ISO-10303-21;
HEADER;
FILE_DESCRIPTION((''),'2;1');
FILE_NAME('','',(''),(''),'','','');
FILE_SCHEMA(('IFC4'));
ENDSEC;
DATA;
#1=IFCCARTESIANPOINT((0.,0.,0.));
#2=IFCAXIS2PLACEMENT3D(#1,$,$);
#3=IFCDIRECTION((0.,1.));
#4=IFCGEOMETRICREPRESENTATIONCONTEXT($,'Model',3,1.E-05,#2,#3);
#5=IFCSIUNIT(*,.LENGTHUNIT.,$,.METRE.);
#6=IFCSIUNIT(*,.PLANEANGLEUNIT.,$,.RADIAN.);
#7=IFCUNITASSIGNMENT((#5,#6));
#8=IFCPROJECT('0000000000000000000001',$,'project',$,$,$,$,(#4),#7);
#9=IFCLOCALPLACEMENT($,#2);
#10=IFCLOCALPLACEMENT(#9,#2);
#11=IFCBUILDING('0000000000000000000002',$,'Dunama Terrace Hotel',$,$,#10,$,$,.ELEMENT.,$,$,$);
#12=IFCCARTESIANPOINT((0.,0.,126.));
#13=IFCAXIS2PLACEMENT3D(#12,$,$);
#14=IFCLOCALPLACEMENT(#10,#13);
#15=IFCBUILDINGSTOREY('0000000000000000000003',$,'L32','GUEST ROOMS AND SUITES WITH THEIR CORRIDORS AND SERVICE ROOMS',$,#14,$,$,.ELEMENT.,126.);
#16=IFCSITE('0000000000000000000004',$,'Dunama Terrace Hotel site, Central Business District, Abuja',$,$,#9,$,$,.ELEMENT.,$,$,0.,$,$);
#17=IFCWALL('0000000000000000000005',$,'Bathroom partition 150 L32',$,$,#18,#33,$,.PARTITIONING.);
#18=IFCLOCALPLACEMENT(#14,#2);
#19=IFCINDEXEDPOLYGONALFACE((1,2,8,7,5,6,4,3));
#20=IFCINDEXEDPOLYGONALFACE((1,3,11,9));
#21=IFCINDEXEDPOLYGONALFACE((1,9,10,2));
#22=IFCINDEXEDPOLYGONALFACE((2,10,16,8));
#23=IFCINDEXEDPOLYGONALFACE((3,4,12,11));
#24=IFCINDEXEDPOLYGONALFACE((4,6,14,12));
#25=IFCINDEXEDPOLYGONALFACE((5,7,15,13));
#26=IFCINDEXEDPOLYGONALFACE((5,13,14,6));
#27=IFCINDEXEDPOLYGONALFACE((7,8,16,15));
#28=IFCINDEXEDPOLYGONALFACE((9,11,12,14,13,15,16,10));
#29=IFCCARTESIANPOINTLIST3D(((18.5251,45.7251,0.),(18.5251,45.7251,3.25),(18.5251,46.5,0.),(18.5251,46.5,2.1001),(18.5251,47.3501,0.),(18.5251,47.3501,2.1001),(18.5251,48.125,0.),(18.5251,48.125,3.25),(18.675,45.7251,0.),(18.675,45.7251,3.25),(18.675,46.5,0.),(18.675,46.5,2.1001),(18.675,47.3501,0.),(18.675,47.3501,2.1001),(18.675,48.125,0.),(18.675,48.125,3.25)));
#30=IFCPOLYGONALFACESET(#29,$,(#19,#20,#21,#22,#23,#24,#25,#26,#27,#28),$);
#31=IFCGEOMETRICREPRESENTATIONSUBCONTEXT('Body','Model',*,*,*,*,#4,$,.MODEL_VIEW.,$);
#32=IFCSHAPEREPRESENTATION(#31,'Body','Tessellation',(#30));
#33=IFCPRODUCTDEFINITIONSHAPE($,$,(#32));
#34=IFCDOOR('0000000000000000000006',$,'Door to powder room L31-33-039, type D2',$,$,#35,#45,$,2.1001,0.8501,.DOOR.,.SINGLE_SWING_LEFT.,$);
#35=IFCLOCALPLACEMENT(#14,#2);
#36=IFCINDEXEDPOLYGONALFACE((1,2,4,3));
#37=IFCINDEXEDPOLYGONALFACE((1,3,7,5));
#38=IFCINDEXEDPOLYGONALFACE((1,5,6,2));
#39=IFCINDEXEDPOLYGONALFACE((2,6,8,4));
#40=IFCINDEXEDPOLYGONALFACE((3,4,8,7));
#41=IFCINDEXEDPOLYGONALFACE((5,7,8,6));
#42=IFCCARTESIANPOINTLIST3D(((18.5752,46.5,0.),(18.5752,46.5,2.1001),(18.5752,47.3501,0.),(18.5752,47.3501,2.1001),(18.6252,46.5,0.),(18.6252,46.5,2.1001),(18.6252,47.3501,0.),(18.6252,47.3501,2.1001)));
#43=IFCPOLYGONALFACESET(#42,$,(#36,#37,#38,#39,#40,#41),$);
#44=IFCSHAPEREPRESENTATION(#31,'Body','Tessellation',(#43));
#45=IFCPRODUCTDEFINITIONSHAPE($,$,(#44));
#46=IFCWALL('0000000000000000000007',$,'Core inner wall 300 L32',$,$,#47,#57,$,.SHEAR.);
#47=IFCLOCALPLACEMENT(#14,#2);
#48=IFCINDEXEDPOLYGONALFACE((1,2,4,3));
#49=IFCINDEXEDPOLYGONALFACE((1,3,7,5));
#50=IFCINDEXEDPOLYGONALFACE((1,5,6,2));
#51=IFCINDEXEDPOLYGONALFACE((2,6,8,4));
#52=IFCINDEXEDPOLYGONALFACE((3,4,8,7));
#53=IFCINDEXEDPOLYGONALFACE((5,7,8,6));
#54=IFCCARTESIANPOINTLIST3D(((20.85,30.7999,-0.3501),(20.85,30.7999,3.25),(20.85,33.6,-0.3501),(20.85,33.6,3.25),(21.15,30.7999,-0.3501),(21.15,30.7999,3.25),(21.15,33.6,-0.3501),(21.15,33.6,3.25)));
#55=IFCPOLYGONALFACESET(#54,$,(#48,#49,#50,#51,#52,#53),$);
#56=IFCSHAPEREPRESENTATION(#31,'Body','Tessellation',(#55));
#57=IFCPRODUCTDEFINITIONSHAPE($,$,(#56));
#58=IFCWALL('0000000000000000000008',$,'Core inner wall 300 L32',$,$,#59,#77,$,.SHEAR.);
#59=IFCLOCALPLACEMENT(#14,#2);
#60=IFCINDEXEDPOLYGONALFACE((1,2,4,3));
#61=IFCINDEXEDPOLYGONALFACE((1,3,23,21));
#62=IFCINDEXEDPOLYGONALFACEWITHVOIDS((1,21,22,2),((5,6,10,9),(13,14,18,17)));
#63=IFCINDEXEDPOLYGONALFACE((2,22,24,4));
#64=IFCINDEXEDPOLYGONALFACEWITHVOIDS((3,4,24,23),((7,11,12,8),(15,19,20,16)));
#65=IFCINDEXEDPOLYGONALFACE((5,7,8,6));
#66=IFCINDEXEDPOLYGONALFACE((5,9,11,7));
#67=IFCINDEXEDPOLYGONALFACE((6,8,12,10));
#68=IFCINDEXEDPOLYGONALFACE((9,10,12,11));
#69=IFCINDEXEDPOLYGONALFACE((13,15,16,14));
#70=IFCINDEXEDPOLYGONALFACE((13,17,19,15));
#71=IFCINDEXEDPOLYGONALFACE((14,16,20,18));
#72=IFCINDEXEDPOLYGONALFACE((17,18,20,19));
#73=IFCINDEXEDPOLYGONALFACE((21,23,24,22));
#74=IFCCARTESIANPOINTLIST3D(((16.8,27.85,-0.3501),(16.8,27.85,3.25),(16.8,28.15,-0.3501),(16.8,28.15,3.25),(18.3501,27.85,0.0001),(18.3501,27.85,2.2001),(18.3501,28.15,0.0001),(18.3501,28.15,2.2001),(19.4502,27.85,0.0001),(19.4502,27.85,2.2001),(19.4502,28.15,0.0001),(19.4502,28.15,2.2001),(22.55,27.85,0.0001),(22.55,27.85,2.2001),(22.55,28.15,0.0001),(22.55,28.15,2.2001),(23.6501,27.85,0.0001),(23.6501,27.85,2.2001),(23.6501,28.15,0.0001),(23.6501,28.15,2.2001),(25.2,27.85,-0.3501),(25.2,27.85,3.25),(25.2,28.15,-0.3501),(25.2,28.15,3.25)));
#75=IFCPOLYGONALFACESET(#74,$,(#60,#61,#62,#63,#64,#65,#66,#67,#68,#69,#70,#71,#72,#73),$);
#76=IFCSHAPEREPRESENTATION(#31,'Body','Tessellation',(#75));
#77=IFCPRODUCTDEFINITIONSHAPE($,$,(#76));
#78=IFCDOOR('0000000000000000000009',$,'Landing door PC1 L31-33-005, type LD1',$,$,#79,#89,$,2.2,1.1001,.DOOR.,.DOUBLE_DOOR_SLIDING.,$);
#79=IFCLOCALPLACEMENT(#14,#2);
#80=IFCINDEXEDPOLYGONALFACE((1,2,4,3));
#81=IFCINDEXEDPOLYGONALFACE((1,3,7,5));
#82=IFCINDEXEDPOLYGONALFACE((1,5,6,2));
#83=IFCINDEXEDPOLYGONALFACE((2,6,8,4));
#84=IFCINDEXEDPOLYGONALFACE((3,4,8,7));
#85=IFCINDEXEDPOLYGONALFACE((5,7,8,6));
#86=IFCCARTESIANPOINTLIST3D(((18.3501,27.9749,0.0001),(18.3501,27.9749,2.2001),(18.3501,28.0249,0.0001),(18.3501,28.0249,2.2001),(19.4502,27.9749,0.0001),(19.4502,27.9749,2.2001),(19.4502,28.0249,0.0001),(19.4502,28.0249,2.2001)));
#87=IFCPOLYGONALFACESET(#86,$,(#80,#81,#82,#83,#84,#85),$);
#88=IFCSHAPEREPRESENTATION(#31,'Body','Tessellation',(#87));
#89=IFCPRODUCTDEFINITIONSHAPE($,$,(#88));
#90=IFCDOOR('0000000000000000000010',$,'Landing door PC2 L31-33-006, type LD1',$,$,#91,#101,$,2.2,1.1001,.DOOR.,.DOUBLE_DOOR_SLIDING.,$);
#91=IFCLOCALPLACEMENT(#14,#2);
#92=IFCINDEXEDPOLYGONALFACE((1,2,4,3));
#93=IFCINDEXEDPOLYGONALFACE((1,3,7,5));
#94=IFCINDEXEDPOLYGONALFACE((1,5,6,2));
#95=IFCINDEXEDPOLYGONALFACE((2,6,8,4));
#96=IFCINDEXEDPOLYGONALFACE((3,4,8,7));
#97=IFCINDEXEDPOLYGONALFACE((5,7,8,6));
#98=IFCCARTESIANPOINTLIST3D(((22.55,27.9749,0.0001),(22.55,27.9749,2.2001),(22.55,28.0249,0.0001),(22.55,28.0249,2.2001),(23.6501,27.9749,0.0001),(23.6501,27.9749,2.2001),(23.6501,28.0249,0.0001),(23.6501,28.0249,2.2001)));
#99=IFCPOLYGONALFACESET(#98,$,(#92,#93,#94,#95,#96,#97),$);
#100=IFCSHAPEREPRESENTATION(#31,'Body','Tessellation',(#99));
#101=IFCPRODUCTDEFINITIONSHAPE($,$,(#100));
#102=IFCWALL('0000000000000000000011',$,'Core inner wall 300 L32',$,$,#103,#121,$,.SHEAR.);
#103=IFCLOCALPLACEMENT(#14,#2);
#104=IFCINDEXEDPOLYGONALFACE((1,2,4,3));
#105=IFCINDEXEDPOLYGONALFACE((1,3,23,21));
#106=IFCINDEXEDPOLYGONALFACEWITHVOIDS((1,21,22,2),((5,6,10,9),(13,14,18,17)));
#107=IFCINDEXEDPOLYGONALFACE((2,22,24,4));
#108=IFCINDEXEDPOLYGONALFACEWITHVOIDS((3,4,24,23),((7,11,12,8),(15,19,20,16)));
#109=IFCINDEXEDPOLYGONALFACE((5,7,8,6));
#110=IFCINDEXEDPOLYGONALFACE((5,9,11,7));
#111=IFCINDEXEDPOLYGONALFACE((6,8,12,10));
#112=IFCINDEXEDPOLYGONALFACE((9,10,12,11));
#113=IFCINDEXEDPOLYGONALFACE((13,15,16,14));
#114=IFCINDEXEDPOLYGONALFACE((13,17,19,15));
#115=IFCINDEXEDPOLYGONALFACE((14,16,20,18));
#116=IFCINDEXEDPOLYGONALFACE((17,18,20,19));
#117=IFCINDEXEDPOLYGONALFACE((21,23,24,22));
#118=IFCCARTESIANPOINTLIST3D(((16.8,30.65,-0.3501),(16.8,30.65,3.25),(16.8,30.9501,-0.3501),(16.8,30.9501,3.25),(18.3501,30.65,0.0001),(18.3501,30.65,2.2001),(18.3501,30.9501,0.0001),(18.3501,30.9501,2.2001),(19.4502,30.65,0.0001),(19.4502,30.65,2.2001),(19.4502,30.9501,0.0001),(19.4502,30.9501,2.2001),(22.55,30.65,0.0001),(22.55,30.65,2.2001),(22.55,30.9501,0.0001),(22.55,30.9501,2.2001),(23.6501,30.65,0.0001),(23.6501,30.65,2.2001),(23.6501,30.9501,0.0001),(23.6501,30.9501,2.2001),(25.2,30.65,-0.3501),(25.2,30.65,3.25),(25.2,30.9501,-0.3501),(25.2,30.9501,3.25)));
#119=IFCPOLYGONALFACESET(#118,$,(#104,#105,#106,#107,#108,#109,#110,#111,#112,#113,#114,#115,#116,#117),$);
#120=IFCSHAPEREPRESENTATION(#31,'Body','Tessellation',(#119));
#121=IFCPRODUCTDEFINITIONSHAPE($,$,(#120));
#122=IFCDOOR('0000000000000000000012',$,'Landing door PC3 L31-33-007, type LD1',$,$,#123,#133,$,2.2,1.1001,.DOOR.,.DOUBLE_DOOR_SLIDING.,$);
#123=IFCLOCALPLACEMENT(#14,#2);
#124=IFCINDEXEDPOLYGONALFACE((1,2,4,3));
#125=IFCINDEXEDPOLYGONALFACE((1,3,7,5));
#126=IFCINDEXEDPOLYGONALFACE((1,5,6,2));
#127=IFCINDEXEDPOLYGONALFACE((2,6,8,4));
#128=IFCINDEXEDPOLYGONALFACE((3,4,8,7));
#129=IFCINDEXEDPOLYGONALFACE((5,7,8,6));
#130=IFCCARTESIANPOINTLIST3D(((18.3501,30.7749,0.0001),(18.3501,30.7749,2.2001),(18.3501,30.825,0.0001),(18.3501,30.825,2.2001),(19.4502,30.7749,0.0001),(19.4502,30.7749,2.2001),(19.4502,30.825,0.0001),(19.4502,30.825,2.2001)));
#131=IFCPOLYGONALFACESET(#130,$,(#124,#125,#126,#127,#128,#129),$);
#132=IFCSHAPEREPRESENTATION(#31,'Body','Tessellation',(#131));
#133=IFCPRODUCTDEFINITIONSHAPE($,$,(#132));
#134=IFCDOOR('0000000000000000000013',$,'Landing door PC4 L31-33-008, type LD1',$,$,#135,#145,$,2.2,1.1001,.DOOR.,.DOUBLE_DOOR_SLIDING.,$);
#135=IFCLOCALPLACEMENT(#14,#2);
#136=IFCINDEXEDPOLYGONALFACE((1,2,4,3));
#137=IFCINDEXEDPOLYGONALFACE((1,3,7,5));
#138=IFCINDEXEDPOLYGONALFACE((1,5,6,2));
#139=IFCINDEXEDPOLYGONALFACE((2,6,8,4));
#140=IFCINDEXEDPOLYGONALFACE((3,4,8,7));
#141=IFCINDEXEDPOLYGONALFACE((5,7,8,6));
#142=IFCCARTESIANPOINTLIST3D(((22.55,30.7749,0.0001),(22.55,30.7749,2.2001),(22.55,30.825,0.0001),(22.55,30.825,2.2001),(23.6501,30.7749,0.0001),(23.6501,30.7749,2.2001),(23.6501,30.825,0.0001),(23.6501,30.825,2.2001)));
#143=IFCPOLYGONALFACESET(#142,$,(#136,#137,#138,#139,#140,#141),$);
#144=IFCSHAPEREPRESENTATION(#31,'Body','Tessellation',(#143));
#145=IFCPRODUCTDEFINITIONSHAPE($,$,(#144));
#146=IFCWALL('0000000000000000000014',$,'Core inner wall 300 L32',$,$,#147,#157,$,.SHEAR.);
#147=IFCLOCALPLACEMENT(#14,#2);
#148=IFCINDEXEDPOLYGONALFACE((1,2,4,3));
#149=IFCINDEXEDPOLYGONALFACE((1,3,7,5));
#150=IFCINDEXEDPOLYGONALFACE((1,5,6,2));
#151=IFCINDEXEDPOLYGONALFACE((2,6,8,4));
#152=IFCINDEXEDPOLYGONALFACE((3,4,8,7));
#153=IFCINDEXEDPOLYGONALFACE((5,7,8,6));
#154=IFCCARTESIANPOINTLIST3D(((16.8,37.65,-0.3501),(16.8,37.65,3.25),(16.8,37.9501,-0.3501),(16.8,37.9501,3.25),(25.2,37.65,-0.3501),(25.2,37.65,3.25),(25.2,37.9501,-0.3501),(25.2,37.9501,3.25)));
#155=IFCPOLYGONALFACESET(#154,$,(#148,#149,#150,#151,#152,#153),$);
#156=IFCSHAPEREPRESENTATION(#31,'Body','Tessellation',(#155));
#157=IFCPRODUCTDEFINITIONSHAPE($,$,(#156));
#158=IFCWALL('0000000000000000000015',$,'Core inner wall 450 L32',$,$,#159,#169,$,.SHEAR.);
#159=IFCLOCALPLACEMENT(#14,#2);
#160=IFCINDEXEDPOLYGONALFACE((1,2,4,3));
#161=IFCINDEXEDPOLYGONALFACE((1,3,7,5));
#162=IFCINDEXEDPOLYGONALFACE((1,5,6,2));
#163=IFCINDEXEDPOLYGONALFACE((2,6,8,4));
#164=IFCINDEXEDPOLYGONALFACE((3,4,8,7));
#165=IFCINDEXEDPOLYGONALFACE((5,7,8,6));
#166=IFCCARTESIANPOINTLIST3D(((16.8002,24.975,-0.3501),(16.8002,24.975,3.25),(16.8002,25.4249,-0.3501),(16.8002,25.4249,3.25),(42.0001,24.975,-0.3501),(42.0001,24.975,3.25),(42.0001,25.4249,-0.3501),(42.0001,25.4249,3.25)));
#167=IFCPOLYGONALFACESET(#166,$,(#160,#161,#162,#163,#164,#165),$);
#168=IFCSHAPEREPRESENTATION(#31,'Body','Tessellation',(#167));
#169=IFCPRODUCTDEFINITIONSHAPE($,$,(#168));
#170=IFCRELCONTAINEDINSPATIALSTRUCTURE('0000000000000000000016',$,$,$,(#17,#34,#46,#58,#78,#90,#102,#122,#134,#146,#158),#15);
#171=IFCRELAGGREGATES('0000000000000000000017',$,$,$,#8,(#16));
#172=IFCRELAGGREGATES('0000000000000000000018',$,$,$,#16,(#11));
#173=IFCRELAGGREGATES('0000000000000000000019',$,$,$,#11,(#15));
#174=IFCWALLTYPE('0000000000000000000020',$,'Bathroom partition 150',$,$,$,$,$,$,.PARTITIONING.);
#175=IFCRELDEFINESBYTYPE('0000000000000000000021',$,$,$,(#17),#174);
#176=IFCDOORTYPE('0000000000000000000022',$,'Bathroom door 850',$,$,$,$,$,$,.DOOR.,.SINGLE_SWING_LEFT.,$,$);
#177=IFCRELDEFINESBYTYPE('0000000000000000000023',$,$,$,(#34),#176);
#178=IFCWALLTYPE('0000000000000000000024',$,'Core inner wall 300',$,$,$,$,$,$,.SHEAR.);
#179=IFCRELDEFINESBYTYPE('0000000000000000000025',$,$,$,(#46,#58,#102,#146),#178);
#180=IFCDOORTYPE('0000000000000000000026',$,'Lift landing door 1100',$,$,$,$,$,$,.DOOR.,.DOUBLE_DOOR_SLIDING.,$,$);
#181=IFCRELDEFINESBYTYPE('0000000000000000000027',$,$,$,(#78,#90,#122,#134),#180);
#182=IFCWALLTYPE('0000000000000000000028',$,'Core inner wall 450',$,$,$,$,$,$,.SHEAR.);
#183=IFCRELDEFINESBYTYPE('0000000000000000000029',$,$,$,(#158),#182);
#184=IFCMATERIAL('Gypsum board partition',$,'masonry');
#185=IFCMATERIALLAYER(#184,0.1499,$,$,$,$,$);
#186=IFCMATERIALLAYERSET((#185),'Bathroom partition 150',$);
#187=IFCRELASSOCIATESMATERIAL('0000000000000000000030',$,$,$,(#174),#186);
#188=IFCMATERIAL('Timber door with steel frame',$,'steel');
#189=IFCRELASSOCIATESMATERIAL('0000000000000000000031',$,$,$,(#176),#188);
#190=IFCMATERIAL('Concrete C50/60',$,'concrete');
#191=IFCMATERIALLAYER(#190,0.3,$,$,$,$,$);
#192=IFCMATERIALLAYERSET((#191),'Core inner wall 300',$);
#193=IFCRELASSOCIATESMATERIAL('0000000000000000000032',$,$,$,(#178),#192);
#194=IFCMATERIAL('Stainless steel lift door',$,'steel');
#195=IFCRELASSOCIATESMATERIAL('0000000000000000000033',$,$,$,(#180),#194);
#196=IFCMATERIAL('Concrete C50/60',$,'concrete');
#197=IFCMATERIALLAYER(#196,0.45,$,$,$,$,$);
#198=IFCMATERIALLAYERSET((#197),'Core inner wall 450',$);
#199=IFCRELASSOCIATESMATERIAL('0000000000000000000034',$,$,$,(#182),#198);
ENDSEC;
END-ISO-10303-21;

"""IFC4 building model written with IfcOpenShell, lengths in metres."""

from ifc_helpers import new_model, si_unit, direction, frame, frame_2d, origin, place, context, subcontext, project, spatial, rectangle, extrude, material, layer, layer_set, type_object, element, fill, save


model = new_model("IFC4")

# Units and contexts
model_context = context("Model", 3, precision=1e-05, world=origin(), true_north=direction((0.0, 1.0)))
body_context = subcontext(model_context, "Body", "Model", "MODEL_VIEW")
ifc_project = project(units=[si_unit("LENGTHUNIT", "METRE"), si_unit("PLANEANGLEUNIT", "RADIAN")], contexts=[model_context])

# Site, building, storey
site_placement = place(None, origin())
site = spatial("IfcSite", under=ifc_project, at=site_placement, Name="Dunama Terrace Hotel site, Central Business District, Abuja", CompositionType="ELEMENT", RefElevation=0.0)
building_placement = place(site_placement, origin())
building = spatial("IfcBuilding", under=site, at=building_placement, Name="Dunama Terrace Hotel", CompositionType="ELEMENT")
storey_placement = place(building_placement, frame((0.0, 0.0, 126.0)))
storey = spatial("IfcBuildingStorey", under=building, at=storey_placement, Name="L32", Description="GUEST ROOMS AND SUITES WITH THEIR CORRIDORS AND SERVICE ROOMS", CompositionType="ELEMENT", Elevation=126.0)

# Wall, opening, door
ifc_material_1 = material(Name="Gypsum board partition", Category="masonry")
ifc_layer_1 = layer(ifc_material_1, 0.1499)
ifc_layer_set_1 = layer_set([ifc_layer_1], Name="Bathroom partition 150")
wall_type_1 = type_object("IfcWallType", Name="Bathroom partition 150", PredefinedType="PARTITIONING", material=ifc_layer_set_1)
wall_1_placement = place(storey_placement, frame((18.6001, 45.7251, 0.0), z_axis=(0.0, 0.0, 1.0), x_axis=(0.0, 1.0, 0.0)))
wall_1 = element("IfcWall", 1, at=wall_1_placement, inside=storey, type_object=wall_type_1, Name="Bathroom partition 150 L32", PredefinedType="PARTITIONING", context=body_context, shape_type="SweptSolid", body=[
    extrude(rectangle(XDim=2.3999, YDim=0.1499, at=frame_2d((1.2, 0.0))), origin(), (0.0, 0.0, 1.0), 3.25),
])
opening_1_placement = place(wall_1_placement, frame((0.7749, 0.0, 0.0)))
opening_1 = element("IfcOpeningElement", 2, at=opening_1_placement, cuts=wall_1, PredefinedType="OPENING", context=body_context, shape_type="SweptSolid", body=[
    extrude(rectangle(XDim=0.8501, YDim=2.1001, at=frame_2d((0.425, 1.05))), frame((0.0, 0.085, 0.0), z_axis=(0.0, -1.0, 0.0), x_axis=(1.0, 0.0, 0.0)), (0.0, 0.0, 1.0), 0.1699),
])
ifc_material_2 = material(Name="Timber door with steel frame", Category="steel")
door_type_1 = type_object("IfcDoorType", Name="Bathroom door 850", OperationType="SINGLE_SWING_LEFT", PredefinedType="DOOR", material=ifc_material_2)
door_1_placement = place(opening_1_placement, origin())
door_1 = element("IfcDoor", 3, at=door_1_placement, inside=storey, type_object=door_type_1, Name="Door to powder room L31-33-039, type D2", OperationType="SINGLE_SWING_LEFT", OverallHeight=2.1001, OverallWidth=0.8501, PredefinedType="DOOR", context=body_context, shape_type="SweptSolid", body=[
    extrude(rectangle(XDim=0.8501, YDim=2.1001, at=frame_2d((0.425, 1.05))), frame((0.0, 0.0249, 0.0), z_axis=(0.0, -1.0, 0.0), x_axis=(1.0, 0.0, 0.0)), (0.0, 0.0, 1.0), 0.05),
])
fill(opening_1, door_1)

# Wall
ifc_material_3 = material(Name="Concrete C50/60", Category="concrete")
ifc_layer_2 = layer(ifc_material_3, 0.3)
ifc_layer_set_2 = layer_set([ifc_layer_2], Name="Core inner wall 300")
wall_type_2 = type_object("IfcWallType", Name="Core inner wall 300", PredefinedType="SHEAR", material=ifc_layer_set_2)
wall_2_placement = place(storey_placement, frame((21.0, 30.8, -0.3501), z_axis=(0.0, 0.0, 1.0), x_axis=(0.0, 1.0, 0.0)))
element("IfcWall", 4, at=wall_2_placement, inside=storey, type_object=wall_type_2, Name="Core inner wall 300 L32", PredefinedType="SHEAR", context=body_context, shape_type="SweptSolid", body=[
    extrude(rectangle(XDim=2.8, YDim=0.3, at=frame_2d((1.3999, 0.0))), origin(), (0.0, 0.0, 1.0), 3.6001),
])

# Walls, openings, doors
wall_3_placement = place(storey_placement, frame((16.8, 28.0, -0.3501), z_axis=(0.0, 0.0, 1.0), x_axis=(1.0, 0.0, 0.0)))
wall_3 = element("IfcWall", 5, at=wall_3_placement, inside=storey, type_object=wall_type_2, Name="Core inner wall 300 L32", PredefinedType="SHEAR", context=body_context, shape_type="SweptSolid", body=[
    extrude(rectangle(XDim=8.3999, YDim=0.3, at=frame_2d((4.2, 0.0))), origin(), (0.0, 0.0, 1.0), 3.6001),
])
opening_2_placement = place(wall_3_placement, frame((1.55, 0.0, 0.3501)))
opening_2 = element("IfcOpeningElement", 6, at=opening_2_placement, cuts=wall_3, PredefinedType="OPENING", context=body_context, shape_type="SweptSolid", body=[
    extrude(rectangle(XDim=1.1001, YDim=2.2, at=frame_2d((0.55, 1.1001))), frame((0.0, 0.1599, 0.0), z_axis=(0.0, -1.0, 0.0), x_axis=(1.0, 0.0, 0.0)), (0.0, 0.0, 1.0), 0.3201),
])
opening_3_placement = place(wall_3_placement, frame((5.75, 0.0, 0.3501)))
opening_3 = element("IfcOpeningElement", 7, at=opening_3_placement, cuts=wall_3, PredefinedType="OPENING", context=body_context, shape_type="SweptSolid", body=[
    extrude(rectangle(XDim=1.1001, YDim=2.2, at=frame_2d((0.55, 1.1001))), frame((0.0, 0.1599, 0.0), z_axis=(0.0, -1.0, 0.0), x_axis=(1.0, 0.0, 0.0)), (0.0, 0.0, 1.0), 0.3201),
])
ifc_material_4 = material(Name="Stainless steel lift door", Category="steel")
door_type_2 = type_object("IfcDoorType", Name="Lift landing door 1100", OperationType="DOUBLE_DOOR_SLIDING", PredefinedType="DOOR", material=ifc_material_4)
door_2_placement = place(opening_2_placement, origin())
door_2 = element("IfcDoor", 8, at=door_2_placement, inside=storey, type_object=door_type_2, Name="Landing door PC1 L31-33-005, type LD1", OperationType="DOUBLE_DOOR_SLIDING", OverallHeight=2.2, OverallWidth=1.1001, PredefinedType="DOOR", context=body_context, shape_type="SweptSolid", body=[
    extrude(rectangle(XDim=1.1001, YDim=2.2, at=frame_2d((0.55, 1.1001))), frame((0.0, 0.0249, 0.0), z_axis=(0.0, -1.0, 0.0), x_axis=(1.0, 0.0, 0.0)), (0.0, 0.0, 1.0), 0.05),
])
fill(opening_2, door_2)
door_3_placement = place(opening_3_placement, origin())
door_3 = element("IfcDoor", 9, at=door_3_placement, inside=storey, type_object=door_type_2, Name="Landing door PC2 L31-33-006, type LD1", OperationType="DOUBLE_DOOR_SLIDING", OverallHeight=2.2, OverallWidth=1.1001, PredefinedType="DOOR", context=body_context, shape_type="SweptSolid", body=[
    extrude(rectangle(XDim=1.1001, YDim=2.2, at=frame_2d((0.55, 1.1001))), frame((0.0, 0.0249, 0.0), z_axis=(0.0, -1.0, 0.0), x_axis=(1.0, 0.0, 0.0)), (0.0, 0.0, 1.0), 0.05),
])
fill(opening_3, door_3)
wall_4_placement = place(storey_placement, frame((16.8, 30.8, -0.3501), z_axis=(0.0, 0.0, 1.0), x_axis=(1.0, 0.0, 0.0)))
wall_4 = element("IfcWall", 10, at=wall_4_placement, inside=storey, type_object=wall_type_2, Name="Core inner wall 300 L32", PredefinedType="SHEAR", context=body_context, shape_type="SweptSolid", body=[
    extrude(rectangle(XDim=8.3999, YDim=0.3, at=frame_2d((4.2, 0.0))), origin(), (0.0, 0.0, 1.0), 3.6001),
])
opening_4_placement = place(wall_4_placement, frame((1.55, 0.0, 0.3501)))
opening_4 = element("IfcOpeningElement", 11, at=opening_4_placement, cuts=wall_4, PredefinedType="OPENING", context=body_context, shape_type="SweptSolid", body=[
    extrude(rectangle(XDim=1.1001, YDim=2.2, at=frame_2d((0.55, 1.1001))), frame((0.0, 0.1599, 0.0), z_axis=(0.0, -1.0, 0.0), x_axis=(1.0, 0.0, 0.0)), (0.0, 0.0, 1.0), 0.3201),
])
opening_5_placement = place(wall_4_placement, frame((5.75, 0.0, 0.3501)))
opening_5 = element("IfcOpeningElement", 12, at=opening_5_placement, cuts=wall_4, PredefinedType="OPENING", context=body_context, shape_type="SweptSolid", body=[
    extrude(rectangle(XDim=1.1001, YDim=2.2, at=frame_2d((0.55, 1.1001))), frame((0.0, 0.1599, 0.0), z_axis=(0.0, -1.0, 0.0), x_axis=(1.0, 0.0, 0.0)), (0.0, 0.0, 1.0), 0.3201),
])
door_4_placement = place(opening_4_placement, origin())
door_4 = element("IfcDoor", 13, at=door_4_placement, inside=storey, type_object=door_type_2, Name="Landing door PC3 L31-33-007, type LD1", OperationType="DOUBLE_DOOR_SLIDING", OverallHeight=2.2, OverallWidth=1.1001, PredefinedType="DOOR", context=body_context, shape_type="SweptSolid", body=[
    extrude(rectangle(XDim=1.1001, YDim=2.2, at=frame_2d((0.55, 1.1001))), frame((0.0, 0.0249, 0.0), z_axis=(0.0, -1.0, 0.0), x_axis=(1.0, 0.0, 0.0)), (0.0, 0.0, 1.0), 0.05),
])
fill(opening_4, door_4)
door_5_placement = place(opening_5_placement, origin())
door_5 = element("IfcDoor", 14, at=door_5_placement, inside=storey, type_object=door_type_2, Name="Landing door PC4 L31-33-008, type LD1", OperationType="DOUBLE_DOOR_SLIDING", OverallHeight=2.2, OverallWidth=1.1001, PredefinedType="DOOR", context=body_context, shape_type="SweptSolid", body=[
    extrude(rectangle(XDim=1.1001, YDim=2.2, at=frame_2d((0.55, 1.1001))), frame((0.0, 0.0249, 0.0), z_axis=(0.0, -1.0, 0.0), x_axis=(1.0, 0.0, 0.0)), (0.0, 0.0, 1.0), 0.05),
])
fill(opening_5, door_5)

# Walls
wall_5_placement = place(storey_placement, frame((16.8, 37.8, -0.3501), z_axis=(0.0, 0.0, 1.0), x_axis=(1.0, 0.0, 0.0)))
element("IfcWall", 15, at=wall_5_placement, inside=storey, type_object=wall_type_2, Name="Core inner wall 300 L32", PredefinedType="SHEAR", context=body_context, shape_type="SweptSolid", body=[
    extrude(rectangle(XDim=8.3999, YDim=0.3, at=frame_2d((4.2, 0.0))), origin(), (0.0, 0.0, 1.0), 3.6001),
])
ifc_material_5 = material(Name="Concrete C50/60", Category="concrete")
ifc_layer_3 = layer(ifc_material_5, 0.45)
ifc_layer_set_3 = layer_set([ifc_layer_3], Name="Core inner wall 450")
wall_type_3 = type_object("IfcWallType", Name="Core inner wall 450", PredefinedType="SHEAR", material=ifc_layer_set_3)
wall_6_placement = place(storey_placement, frame((16.8, 25.2, -0.3501), z_axis=(0.0, 0.0, 1.0), x_axis=(1.0, 0.0, 0.0)))
element("IfcWall", 16, at=wall_6_placement, inside=storey, type_object=wall_type_3, Name="Core inner wall 450 L32", PredefinedType="SHEAR", context=body_context, shape_type="SweptSolid", body=[
    extrude(rectangle(XDim=25.2, YDim=0.45, at=frame_2d((12.6001, 0.0))), origin(), (0.0, 0.0, 1.0), 3.6001),
])

save(model, "model.ifc")
